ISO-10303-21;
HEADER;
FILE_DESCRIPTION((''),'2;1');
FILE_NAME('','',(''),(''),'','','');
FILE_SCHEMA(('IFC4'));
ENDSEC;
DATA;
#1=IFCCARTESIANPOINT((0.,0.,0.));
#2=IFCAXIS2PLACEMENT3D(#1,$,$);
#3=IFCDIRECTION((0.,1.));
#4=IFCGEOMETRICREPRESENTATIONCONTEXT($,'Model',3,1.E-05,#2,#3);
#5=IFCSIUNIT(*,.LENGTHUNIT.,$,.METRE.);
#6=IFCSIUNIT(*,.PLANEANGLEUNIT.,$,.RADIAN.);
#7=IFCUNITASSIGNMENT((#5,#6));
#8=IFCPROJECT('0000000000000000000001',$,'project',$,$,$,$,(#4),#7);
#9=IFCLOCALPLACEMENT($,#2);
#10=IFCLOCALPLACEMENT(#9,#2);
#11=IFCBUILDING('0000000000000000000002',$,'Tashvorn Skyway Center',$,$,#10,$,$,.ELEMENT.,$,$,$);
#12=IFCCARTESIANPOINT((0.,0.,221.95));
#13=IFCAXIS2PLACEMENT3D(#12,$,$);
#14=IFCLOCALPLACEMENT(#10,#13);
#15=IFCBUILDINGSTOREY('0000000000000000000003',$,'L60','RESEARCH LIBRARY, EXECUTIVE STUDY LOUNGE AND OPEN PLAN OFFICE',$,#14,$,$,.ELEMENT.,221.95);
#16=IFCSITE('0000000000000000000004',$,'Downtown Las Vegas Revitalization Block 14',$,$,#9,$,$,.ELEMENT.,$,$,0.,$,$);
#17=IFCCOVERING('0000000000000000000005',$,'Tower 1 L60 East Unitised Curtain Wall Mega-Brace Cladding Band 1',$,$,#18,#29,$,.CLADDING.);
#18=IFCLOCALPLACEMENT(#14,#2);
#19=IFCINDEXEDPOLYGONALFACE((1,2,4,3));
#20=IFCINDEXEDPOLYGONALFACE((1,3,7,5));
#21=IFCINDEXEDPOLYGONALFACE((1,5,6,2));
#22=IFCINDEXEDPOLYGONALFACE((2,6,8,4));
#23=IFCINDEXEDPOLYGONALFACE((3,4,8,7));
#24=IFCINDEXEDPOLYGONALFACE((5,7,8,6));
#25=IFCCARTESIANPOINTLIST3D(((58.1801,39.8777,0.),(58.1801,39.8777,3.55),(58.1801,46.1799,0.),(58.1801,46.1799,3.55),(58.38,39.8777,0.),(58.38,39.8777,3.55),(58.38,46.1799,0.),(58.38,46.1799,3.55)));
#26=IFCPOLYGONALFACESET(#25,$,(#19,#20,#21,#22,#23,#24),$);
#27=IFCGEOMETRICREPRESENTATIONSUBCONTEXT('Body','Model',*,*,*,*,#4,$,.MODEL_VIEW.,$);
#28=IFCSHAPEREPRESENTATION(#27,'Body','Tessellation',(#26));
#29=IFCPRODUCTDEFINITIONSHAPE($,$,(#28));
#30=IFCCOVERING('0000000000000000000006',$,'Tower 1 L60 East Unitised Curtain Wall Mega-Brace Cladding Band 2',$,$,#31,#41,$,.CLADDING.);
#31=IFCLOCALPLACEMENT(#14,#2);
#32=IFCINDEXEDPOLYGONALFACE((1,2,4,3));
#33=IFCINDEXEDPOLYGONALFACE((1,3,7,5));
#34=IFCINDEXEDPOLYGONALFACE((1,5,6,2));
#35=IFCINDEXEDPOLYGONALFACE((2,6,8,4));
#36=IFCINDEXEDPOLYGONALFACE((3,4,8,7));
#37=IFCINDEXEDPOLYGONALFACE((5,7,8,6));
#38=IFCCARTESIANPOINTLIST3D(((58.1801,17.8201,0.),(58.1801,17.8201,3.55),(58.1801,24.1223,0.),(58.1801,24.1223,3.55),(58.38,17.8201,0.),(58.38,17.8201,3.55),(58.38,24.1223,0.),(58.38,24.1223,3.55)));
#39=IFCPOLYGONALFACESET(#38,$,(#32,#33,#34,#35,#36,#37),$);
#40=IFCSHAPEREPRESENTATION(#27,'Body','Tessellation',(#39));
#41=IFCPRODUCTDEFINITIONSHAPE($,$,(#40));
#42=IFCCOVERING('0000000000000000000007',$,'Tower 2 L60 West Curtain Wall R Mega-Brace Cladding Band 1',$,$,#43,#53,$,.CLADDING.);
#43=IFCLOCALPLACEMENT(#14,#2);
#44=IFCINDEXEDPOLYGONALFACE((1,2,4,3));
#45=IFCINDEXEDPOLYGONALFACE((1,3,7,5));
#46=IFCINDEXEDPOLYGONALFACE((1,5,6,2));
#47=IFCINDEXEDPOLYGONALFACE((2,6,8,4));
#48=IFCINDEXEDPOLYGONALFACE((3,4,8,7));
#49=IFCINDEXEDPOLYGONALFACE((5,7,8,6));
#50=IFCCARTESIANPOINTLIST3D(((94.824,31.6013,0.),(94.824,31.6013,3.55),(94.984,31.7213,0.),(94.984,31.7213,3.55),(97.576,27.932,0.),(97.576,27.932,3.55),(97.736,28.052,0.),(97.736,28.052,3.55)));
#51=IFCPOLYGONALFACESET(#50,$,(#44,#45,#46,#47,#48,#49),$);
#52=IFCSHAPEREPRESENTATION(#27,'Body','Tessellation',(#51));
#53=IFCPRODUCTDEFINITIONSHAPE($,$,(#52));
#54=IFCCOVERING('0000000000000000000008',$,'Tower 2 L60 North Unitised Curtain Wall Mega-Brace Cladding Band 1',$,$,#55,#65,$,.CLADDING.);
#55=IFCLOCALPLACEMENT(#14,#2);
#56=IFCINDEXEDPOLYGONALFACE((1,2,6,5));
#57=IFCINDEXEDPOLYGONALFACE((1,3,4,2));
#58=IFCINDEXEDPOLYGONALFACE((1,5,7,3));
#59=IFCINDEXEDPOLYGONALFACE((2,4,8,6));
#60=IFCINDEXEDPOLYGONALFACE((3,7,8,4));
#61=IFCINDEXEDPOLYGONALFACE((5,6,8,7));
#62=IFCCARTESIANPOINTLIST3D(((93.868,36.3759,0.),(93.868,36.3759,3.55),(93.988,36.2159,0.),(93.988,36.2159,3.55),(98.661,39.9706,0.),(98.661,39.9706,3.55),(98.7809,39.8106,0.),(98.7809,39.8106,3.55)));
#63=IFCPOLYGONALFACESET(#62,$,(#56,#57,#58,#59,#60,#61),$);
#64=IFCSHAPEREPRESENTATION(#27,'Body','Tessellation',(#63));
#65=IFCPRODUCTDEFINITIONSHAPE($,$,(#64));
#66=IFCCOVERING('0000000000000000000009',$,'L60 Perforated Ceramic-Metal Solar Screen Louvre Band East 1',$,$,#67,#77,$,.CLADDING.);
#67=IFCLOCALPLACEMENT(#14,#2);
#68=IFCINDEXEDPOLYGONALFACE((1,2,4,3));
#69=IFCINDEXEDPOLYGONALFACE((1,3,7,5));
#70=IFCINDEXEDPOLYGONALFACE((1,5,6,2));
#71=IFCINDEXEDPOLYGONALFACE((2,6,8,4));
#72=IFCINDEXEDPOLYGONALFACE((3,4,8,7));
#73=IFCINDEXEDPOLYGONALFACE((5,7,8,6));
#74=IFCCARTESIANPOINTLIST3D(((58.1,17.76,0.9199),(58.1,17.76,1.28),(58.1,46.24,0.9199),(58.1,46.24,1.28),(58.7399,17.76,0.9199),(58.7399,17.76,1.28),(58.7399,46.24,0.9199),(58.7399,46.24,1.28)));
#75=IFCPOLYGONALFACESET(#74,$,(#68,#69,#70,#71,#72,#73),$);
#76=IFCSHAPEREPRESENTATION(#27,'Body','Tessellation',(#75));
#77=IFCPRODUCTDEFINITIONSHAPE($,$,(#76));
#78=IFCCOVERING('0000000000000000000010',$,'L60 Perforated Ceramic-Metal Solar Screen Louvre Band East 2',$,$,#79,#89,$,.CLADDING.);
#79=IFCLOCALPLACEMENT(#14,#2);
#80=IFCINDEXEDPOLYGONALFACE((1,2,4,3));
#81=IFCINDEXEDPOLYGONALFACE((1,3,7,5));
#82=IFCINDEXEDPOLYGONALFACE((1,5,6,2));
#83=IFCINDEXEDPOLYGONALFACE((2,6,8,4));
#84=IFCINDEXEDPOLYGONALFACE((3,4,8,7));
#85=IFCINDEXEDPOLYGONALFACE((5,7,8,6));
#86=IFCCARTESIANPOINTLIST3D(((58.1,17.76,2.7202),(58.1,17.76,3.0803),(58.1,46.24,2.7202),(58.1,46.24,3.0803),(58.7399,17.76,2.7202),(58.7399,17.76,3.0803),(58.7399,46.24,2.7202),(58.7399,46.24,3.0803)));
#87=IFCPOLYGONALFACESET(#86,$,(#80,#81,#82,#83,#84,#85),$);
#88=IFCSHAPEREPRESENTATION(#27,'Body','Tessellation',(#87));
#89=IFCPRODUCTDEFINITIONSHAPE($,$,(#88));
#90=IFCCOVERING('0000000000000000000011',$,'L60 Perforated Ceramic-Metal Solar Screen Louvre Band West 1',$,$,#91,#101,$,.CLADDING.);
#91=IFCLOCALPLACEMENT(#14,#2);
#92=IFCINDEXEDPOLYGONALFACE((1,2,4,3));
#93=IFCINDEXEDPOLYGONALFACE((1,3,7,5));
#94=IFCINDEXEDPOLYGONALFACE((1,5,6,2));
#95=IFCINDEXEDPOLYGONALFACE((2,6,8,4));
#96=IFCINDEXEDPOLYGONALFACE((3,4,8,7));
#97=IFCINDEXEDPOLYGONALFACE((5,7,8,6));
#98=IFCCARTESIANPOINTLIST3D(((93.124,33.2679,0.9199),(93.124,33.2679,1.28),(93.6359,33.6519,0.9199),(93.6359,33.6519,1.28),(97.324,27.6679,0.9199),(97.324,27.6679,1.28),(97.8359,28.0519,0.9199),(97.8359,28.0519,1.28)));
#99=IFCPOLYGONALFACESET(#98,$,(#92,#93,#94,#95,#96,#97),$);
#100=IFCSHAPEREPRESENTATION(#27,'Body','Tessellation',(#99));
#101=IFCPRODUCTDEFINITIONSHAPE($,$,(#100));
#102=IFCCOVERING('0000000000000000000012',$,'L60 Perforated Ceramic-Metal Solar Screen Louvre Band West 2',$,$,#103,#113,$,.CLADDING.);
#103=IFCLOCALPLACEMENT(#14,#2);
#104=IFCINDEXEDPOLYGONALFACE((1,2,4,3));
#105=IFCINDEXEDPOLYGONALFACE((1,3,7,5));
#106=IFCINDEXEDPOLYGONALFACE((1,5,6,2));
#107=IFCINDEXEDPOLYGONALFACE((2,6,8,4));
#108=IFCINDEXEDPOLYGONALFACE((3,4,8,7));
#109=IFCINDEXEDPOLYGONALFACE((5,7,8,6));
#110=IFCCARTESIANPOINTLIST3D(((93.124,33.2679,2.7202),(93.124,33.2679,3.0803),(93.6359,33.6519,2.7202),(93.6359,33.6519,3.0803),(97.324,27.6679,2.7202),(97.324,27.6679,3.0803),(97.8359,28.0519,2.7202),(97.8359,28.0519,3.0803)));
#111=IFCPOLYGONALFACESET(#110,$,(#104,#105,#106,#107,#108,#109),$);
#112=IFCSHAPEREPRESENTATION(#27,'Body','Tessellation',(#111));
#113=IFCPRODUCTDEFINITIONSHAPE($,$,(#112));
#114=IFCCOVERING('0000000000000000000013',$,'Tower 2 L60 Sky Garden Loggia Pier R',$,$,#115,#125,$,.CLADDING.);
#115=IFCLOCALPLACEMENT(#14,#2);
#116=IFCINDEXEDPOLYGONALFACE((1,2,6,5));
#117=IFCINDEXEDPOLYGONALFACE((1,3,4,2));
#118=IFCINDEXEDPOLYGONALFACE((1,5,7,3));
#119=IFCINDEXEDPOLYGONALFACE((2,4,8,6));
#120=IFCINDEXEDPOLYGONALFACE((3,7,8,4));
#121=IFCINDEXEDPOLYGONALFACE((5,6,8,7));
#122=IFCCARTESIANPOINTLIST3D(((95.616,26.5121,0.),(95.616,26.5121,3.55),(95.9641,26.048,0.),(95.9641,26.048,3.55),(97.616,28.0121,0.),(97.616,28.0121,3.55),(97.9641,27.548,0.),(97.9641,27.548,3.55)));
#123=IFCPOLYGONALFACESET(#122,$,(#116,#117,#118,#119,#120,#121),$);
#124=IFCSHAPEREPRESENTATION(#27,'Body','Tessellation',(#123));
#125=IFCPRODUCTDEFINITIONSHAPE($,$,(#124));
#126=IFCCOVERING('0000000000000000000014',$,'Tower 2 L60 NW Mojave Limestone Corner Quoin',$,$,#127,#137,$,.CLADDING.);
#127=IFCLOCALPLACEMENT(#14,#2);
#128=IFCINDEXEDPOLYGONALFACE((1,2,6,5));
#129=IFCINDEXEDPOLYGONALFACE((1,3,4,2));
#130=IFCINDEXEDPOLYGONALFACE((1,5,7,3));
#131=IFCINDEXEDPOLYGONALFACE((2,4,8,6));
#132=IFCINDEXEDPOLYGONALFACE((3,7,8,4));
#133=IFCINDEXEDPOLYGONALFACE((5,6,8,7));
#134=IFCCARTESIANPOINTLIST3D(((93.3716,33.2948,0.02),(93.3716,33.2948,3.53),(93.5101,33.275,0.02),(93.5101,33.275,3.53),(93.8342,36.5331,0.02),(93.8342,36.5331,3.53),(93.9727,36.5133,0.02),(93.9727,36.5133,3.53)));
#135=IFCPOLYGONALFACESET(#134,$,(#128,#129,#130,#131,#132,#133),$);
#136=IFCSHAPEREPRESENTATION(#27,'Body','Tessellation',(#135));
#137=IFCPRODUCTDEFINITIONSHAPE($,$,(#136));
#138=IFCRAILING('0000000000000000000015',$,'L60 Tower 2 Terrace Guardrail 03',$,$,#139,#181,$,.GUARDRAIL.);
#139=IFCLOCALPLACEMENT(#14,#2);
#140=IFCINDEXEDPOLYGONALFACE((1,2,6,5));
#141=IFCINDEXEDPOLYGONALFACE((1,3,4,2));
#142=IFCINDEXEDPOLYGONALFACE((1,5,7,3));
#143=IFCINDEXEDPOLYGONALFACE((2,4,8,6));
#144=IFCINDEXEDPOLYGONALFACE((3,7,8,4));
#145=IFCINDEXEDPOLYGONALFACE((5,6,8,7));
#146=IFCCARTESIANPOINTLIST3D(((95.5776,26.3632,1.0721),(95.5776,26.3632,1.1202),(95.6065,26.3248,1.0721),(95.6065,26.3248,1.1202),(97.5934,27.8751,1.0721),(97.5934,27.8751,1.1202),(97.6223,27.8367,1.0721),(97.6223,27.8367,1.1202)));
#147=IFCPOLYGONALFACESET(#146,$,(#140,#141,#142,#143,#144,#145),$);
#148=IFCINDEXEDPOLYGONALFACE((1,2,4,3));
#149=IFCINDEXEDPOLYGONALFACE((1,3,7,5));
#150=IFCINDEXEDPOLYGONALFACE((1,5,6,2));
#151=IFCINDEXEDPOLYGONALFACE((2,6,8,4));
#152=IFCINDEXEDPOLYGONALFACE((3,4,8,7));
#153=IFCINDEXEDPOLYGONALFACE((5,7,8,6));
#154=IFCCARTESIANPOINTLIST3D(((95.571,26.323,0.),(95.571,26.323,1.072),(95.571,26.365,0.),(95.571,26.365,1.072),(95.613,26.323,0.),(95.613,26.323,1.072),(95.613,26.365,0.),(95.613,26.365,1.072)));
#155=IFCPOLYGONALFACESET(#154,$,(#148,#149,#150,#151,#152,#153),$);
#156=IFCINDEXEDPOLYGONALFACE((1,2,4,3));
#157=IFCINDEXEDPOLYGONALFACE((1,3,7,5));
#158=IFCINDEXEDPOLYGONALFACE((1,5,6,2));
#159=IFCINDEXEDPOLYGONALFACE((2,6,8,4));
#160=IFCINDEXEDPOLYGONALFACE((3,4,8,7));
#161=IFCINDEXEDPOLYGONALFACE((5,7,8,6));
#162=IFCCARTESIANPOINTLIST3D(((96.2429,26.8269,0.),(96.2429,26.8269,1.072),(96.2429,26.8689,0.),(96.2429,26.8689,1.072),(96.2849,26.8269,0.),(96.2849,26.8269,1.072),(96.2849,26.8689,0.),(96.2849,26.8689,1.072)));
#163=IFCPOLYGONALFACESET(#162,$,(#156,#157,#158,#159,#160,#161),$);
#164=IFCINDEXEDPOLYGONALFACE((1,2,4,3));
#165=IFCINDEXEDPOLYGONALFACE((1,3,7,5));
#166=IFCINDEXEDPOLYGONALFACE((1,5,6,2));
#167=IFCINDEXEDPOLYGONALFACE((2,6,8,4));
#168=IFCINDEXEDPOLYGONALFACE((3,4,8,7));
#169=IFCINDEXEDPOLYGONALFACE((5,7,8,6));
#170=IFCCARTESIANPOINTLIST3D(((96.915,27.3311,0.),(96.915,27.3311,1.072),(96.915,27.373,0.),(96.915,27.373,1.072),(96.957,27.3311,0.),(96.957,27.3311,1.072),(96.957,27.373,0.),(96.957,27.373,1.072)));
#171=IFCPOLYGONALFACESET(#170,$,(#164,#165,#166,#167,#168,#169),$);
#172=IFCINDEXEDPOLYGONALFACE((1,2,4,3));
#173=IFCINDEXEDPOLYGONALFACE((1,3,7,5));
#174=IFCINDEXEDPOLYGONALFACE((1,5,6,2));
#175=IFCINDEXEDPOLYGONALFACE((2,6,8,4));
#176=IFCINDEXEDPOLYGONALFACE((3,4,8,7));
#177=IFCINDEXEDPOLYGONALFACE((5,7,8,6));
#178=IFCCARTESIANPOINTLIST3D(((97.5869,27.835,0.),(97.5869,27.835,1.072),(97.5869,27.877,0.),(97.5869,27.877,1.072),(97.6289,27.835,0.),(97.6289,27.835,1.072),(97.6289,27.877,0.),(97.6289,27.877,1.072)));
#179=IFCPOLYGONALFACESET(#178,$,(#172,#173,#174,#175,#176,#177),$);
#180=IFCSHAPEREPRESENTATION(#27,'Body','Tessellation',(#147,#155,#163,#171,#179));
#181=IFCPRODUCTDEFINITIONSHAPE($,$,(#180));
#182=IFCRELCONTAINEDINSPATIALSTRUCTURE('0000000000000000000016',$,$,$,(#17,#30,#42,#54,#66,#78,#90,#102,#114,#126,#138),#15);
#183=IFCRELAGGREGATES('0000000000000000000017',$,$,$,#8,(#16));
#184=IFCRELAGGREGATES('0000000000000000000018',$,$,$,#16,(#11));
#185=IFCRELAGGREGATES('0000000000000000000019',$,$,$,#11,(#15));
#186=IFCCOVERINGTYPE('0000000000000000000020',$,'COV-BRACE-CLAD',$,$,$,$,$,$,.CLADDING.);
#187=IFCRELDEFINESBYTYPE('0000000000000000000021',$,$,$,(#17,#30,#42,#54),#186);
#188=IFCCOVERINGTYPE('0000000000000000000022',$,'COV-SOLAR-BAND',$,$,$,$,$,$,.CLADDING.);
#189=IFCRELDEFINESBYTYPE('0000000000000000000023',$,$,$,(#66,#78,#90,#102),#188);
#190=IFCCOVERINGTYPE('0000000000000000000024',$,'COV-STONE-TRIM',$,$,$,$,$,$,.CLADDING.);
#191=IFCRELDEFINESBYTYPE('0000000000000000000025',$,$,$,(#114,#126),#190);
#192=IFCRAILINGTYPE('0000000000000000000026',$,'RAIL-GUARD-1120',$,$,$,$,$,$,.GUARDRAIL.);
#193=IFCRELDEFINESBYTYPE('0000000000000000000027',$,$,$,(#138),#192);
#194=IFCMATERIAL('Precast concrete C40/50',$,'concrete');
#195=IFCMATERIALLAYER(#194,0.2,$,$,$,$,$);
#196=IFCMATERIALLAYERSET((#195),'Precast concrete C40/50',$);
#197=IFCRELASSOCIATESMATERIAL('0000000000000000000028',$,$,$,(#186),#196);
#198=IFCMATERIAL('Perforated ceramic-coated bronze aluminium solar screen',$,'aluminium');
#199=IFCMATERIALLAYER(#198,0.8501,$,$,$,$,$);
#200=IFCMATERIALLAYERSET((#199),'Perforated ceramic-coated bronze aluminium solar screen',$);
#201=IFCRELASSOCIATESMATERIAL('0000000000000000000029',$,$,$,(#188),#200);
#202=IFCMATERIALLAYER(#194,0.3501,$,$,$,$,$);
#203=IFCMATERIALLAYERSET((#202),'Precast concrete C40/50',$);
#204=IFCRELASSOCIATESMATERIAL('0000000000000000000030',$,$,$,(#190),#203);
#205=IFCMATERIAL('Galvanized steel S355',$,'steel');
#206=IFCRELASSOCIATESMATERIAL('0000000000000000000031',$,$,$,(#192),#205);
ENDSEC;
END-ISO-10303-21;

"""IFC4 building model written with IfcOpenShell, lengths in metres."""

from ifc_helpers import new_model, si_unit, direction, frame, origin, origin_2d, place, context, subcontext, project, spatial, rectangle, extrude, material, layer, layer_set, type_object, element, save


model = new_model("IFC4")

# Units and contexts
model_context = context("Model", 3, precision=1e-05, world=origin(), true_north=direction((0.0, 1.0)))
body_context = subcontext(model_context, "Body", "Model", "MODEL_VIEW")
ifc_project = project(units=[si_unit("LENGTHUNIT", "METRE"), si_unit("PLANEANGLEUNIT", "RADIAN")], contexts=[model_context])

# Site, building, storey
site_placement = place(None, origin())
site = spatial("IfcSite", under=ifc_project, at=site_placement, Name="Downtown Las Vegas Revitalization Block 14", CompositionType="ELEMENT", RefElevation=0.0)
building_placement = place(site_placement, origin())
building = spatial("IfcBuilding", under=site, at=building_placement, Name="Tashvorn Skyway Center", CompositionType="ELEMENT")
storey_placement = place(building_placement, frame((0.0, 0.0, 221.95)))
storey = spatial("IfcBuildingStorey", under=building, at=storey_placement, Name="L60", Description="RESEARCH LIBRARY, EXECUTIVE STUDY LOUNGE AND OPEN PLAN OFFICE", CompositionType="ELEMENT", Elevation=221.95)

# Shared definitions
ifc_material_1 = material(Name="Precast concrete C40/50", Category="concrete")

# Coverings
ifc_layer_1 = layer(ifc_material_1, 0.2)
ifc_layer_set_1 = layer_set([ifc_layer_1], Name="Precast concrete C40/50")
covering_type_1 = type_object("IfcCoveringType", Name="COV-BRACE-CLAD", PredefinedType="CLADDING", material=ifc_layer_set_1)
for number, where, z_axis, x_axis, name in (
    (1, (58.28, 43.0288, 0.0), (0.0, 0.0, 1.0), (0.0, -1.0, 0.0), "Tower 1 L60 East Unitised Curtain Wall Mega-Brace Cladding Band 1"),
    (2, (58.28, 20.9712, 0.0), (0.0, 0.0, 1.0), (0.0, -1.0, 0.0), "Tower 1 L60 East Unitised Curtain Wall Mega-Brace Cladding Band 2"),
):
    element("IfcCovering", number, at=place(storey_placement, frame(where, z_axis=z_axis, x_axis=x_axis)), inside=storey, type_object=covering_type_1, Name=name, PredefinedType="CLADDING", context=body_context, shape_type="SweptSolid", body=[
        extrude(rectangle(XDim=6.3022, YDim=0.2, at=origin_2d()), origin(), (0.0, 0.0, 1.0), 3.55),
    ])
covering_1_placement = place(storey_placement, frame((96.28, 29.8267, 0.0), z_axis=(0.0, 0.0, 1.0), x_axis=(-0.6, 0.8, 0.0)))
element("IfcCovering", 3, at=covering_1_placement, inside=storey, type_object=covering_type_1, Name="Tower 2 L60 West Curtain Wall R Mega-Brace Cladding Band 1", PredefinedType="CLADDING", context=body_context, shape_type="SweptSolid", body=[
    extrude(rectangle(XDim=4.5867, YDim=0.2, at=origin_2d()), origin(), (0.0, 0.0, 1.0), 3.55),
])
covering_2_placement = place(storey_placement, frame((96.3245, 38.0933, 0.0), z_axis=(0.0, 0.0, 1.0), x_axis=(0.8, 0.6, 0.0)))
element("IfcCovering", 4, at=covering_2_placement, inside=storey, type_object=covering_type_1, Name="Tower 2 L60 North Unitised Curtain Wall Mega-Brace Cladding Band 1", PredefinedType="CLADDING", context=body_context, shape_type="SweptSolid", body=[
    extrude(rectangle(XDim=5.9912, YDim=0.2, at=origin_2d()), origin(), (0.0, 0.0, 1.0), 3.55),
])
ifc_material_2 = material(Name="Perforated ceramic-coated bronze aluminium solar screen", Category="aluminium")
ifc_layer_2 = layer(ifc_material_2, 0.8501)
ifc_layer_set_2 = layer_set([ifc_layer_2], Name="Perforated ceramic-coated bronze aluminium solar screen")
covering_type_2 = type_object("IfcCoveringType", Name="COV-SOLAR-BAND", PredefinedType="CLADDING", material=ifc_layer_set_2)
for number, where, z_axis, x_axis, name in (
    (5, (58.4199, 32.0, 0.9199), (0.0, 0.0, 1.0), (0.0, -1.0, 0.0), "L60 Perforated Ceramic-Metal Solar Screen Louvre Band East 1"),
    (6, (58.4199, 32.0, 2.7202), (0.0, 0.0, 1.0), (0.0, -1.0, 0.0), "L60 Perforated Ceramic-Metal Solar Screen Louvre Band East 2"),
):
    element("IfcCovering", number, at=place(storey_placement, frame(where, z_axis=z_axis, x_axis=x_axis)), inside=storey, type_object=covering_type_2, Name=name, PredefinedType="CLADDING", context=body_context, shape_type="SweptSolid", body=[
        extrude(rectangle(XDim=28.48, YDim=0.6399, at=origin_2d()), origin(), (0.0, 0.0, 1.0), 0.3601),
    ])
for number, where, z_axis, x_axis, name in (
    (7, (95.48, 30.6599, 0.9199), (0.0, 0.0, 1.0), (-0.6, 0.8, 0.0), "L60 Perforated Ceramic-Metal Solar Screen Louvre Band West 1"),
    (8, (95.48, 30.6599, 2.7202), (0.0, 0.0, 1.0), (-0.6, 0.8, 0.0), "L60 Perforated Ceramic-Metal Solar Screen Louvre Band West 2"),
):
    element("IfcCovering", number, at=place(storey_placement, frame(where, z_axis=z_axis, x_axis=x_axis)), inside=storey, type_object=covering_type_2, Name=name, PredefinedType="CLADDING", context=body_context, shape_type="SweptSolid", body=[
        extrude(rectangle(XDim=7.0, YDim=0.6399, at=origin_2d()), origin(), (0.0, 0.0, 1.0), 0.3601),
    ])
ifc_layer_3 = layer(ifc_material_1, 0.3501)
ifc_layer_set_3 = layer_set([ifc_layer_3], Name="Precast concrete C40/50")
covering_type_3 = type_object("IfcCoveringType", Name="COV-STONE-TRIM", PredefinedType="CLADDING", material=ifc_layer_set_3)
covering_3_placement = place(storey_placement, frame((96.79, 27.03, 0.0), z_axis=(0.0, 0.0, 1.0), x_axis=(-0.6, 0.8, 0.0)))
element("IfcCovering", 9, at=covering_3_placement, inside=storey, type_object=covering_type_3, Name="Tower 2 L60 Sky Garden Loggia Pier R", PredefinedType="CLADDING", context=body_context, shape_type="SweptSolid", body=[
    extrude(rectangle(XDim=0.5801, YDim=2.5, at=origin_2d()), origin(), (0.0, 0.0, 1.0), 3.55),
])
covering_4_placement = place(storey_placement, frame((93.6721, 34.9041, 0.02), z_axis=(0.0, 0.0, 1.0), x_axis=(-0.141421, -0.989949, 0.0)))
element("IfcCovering", 10, at=covering_4_placement, inside=storey, type_object=covering_type_3, Name="Tower 2 L60 NW Mojave Limestone Corner Quoin", PredefinedType="CLADDING", context=body_context, shape_type="SweptSolid", body=[
    extrude(rectangle(XDim=3.2712, YDim=0.1399, at=origin_2d()), origin(), (0.0, 0.0, 1.0), 3.51),
])

# Railing
ifc_material_3 = material(Name="Galvanized steel S355", Category="steel")
railing_type = type_object("IfcRailingType", Name="RAIL-GUARD-1120", PredefinedType="GUARDRAIL", material=ifc_material_3)
railing_placement = place(storey_placement, frame((95.592, 26.344, 0.0)))
element("IfcRailing", 11, at=railing_placement, inside=storey, type_object=railing_type, Name="L60 Tower 2 Terrace Guardrail 03", PredefinedType="GUARDRAIL", context=body_context, shape_type="SweptSolid", body=[
    extrude(rectangle(XDim=0.0481, YDim=0.0481, at=origin_2d()), frame((0.0, 0.0, 1.0962), z_axis=(0.799988, 0.600016, 0.0), x_axis=(-0.600016, 0.799988, 0.0)), (0.0, 0.0, 1.0), 2.5198),
    extrude(rectangle(XDim=0.042, YDim=0.042, at=origin_2d()), origin(), (0.0, 0.0, 1.0), 1.072),
    extrude(rectangle(XDim=0.042, YDim=0.042, at=origin_2d()), frame((0.6719, 0.5039, 0.0)), (0.0, 0.0, 1.0), 1.072),
    extrude(rectangle(XDim=0.042, YDim=0.042, at=origin_2d()), frame((1.344, 1.0081, 0.0)), (0.0, 0.0, 1.0), 1.072),
    extrude(rectangle(XDim=0.042, YDim=0.042, at=origin_2d()), frame((2.0159, 1.512, 0.0)), (0.0, 0.0, 1.0), 1.072),
])

save(model, "model.ifc")
